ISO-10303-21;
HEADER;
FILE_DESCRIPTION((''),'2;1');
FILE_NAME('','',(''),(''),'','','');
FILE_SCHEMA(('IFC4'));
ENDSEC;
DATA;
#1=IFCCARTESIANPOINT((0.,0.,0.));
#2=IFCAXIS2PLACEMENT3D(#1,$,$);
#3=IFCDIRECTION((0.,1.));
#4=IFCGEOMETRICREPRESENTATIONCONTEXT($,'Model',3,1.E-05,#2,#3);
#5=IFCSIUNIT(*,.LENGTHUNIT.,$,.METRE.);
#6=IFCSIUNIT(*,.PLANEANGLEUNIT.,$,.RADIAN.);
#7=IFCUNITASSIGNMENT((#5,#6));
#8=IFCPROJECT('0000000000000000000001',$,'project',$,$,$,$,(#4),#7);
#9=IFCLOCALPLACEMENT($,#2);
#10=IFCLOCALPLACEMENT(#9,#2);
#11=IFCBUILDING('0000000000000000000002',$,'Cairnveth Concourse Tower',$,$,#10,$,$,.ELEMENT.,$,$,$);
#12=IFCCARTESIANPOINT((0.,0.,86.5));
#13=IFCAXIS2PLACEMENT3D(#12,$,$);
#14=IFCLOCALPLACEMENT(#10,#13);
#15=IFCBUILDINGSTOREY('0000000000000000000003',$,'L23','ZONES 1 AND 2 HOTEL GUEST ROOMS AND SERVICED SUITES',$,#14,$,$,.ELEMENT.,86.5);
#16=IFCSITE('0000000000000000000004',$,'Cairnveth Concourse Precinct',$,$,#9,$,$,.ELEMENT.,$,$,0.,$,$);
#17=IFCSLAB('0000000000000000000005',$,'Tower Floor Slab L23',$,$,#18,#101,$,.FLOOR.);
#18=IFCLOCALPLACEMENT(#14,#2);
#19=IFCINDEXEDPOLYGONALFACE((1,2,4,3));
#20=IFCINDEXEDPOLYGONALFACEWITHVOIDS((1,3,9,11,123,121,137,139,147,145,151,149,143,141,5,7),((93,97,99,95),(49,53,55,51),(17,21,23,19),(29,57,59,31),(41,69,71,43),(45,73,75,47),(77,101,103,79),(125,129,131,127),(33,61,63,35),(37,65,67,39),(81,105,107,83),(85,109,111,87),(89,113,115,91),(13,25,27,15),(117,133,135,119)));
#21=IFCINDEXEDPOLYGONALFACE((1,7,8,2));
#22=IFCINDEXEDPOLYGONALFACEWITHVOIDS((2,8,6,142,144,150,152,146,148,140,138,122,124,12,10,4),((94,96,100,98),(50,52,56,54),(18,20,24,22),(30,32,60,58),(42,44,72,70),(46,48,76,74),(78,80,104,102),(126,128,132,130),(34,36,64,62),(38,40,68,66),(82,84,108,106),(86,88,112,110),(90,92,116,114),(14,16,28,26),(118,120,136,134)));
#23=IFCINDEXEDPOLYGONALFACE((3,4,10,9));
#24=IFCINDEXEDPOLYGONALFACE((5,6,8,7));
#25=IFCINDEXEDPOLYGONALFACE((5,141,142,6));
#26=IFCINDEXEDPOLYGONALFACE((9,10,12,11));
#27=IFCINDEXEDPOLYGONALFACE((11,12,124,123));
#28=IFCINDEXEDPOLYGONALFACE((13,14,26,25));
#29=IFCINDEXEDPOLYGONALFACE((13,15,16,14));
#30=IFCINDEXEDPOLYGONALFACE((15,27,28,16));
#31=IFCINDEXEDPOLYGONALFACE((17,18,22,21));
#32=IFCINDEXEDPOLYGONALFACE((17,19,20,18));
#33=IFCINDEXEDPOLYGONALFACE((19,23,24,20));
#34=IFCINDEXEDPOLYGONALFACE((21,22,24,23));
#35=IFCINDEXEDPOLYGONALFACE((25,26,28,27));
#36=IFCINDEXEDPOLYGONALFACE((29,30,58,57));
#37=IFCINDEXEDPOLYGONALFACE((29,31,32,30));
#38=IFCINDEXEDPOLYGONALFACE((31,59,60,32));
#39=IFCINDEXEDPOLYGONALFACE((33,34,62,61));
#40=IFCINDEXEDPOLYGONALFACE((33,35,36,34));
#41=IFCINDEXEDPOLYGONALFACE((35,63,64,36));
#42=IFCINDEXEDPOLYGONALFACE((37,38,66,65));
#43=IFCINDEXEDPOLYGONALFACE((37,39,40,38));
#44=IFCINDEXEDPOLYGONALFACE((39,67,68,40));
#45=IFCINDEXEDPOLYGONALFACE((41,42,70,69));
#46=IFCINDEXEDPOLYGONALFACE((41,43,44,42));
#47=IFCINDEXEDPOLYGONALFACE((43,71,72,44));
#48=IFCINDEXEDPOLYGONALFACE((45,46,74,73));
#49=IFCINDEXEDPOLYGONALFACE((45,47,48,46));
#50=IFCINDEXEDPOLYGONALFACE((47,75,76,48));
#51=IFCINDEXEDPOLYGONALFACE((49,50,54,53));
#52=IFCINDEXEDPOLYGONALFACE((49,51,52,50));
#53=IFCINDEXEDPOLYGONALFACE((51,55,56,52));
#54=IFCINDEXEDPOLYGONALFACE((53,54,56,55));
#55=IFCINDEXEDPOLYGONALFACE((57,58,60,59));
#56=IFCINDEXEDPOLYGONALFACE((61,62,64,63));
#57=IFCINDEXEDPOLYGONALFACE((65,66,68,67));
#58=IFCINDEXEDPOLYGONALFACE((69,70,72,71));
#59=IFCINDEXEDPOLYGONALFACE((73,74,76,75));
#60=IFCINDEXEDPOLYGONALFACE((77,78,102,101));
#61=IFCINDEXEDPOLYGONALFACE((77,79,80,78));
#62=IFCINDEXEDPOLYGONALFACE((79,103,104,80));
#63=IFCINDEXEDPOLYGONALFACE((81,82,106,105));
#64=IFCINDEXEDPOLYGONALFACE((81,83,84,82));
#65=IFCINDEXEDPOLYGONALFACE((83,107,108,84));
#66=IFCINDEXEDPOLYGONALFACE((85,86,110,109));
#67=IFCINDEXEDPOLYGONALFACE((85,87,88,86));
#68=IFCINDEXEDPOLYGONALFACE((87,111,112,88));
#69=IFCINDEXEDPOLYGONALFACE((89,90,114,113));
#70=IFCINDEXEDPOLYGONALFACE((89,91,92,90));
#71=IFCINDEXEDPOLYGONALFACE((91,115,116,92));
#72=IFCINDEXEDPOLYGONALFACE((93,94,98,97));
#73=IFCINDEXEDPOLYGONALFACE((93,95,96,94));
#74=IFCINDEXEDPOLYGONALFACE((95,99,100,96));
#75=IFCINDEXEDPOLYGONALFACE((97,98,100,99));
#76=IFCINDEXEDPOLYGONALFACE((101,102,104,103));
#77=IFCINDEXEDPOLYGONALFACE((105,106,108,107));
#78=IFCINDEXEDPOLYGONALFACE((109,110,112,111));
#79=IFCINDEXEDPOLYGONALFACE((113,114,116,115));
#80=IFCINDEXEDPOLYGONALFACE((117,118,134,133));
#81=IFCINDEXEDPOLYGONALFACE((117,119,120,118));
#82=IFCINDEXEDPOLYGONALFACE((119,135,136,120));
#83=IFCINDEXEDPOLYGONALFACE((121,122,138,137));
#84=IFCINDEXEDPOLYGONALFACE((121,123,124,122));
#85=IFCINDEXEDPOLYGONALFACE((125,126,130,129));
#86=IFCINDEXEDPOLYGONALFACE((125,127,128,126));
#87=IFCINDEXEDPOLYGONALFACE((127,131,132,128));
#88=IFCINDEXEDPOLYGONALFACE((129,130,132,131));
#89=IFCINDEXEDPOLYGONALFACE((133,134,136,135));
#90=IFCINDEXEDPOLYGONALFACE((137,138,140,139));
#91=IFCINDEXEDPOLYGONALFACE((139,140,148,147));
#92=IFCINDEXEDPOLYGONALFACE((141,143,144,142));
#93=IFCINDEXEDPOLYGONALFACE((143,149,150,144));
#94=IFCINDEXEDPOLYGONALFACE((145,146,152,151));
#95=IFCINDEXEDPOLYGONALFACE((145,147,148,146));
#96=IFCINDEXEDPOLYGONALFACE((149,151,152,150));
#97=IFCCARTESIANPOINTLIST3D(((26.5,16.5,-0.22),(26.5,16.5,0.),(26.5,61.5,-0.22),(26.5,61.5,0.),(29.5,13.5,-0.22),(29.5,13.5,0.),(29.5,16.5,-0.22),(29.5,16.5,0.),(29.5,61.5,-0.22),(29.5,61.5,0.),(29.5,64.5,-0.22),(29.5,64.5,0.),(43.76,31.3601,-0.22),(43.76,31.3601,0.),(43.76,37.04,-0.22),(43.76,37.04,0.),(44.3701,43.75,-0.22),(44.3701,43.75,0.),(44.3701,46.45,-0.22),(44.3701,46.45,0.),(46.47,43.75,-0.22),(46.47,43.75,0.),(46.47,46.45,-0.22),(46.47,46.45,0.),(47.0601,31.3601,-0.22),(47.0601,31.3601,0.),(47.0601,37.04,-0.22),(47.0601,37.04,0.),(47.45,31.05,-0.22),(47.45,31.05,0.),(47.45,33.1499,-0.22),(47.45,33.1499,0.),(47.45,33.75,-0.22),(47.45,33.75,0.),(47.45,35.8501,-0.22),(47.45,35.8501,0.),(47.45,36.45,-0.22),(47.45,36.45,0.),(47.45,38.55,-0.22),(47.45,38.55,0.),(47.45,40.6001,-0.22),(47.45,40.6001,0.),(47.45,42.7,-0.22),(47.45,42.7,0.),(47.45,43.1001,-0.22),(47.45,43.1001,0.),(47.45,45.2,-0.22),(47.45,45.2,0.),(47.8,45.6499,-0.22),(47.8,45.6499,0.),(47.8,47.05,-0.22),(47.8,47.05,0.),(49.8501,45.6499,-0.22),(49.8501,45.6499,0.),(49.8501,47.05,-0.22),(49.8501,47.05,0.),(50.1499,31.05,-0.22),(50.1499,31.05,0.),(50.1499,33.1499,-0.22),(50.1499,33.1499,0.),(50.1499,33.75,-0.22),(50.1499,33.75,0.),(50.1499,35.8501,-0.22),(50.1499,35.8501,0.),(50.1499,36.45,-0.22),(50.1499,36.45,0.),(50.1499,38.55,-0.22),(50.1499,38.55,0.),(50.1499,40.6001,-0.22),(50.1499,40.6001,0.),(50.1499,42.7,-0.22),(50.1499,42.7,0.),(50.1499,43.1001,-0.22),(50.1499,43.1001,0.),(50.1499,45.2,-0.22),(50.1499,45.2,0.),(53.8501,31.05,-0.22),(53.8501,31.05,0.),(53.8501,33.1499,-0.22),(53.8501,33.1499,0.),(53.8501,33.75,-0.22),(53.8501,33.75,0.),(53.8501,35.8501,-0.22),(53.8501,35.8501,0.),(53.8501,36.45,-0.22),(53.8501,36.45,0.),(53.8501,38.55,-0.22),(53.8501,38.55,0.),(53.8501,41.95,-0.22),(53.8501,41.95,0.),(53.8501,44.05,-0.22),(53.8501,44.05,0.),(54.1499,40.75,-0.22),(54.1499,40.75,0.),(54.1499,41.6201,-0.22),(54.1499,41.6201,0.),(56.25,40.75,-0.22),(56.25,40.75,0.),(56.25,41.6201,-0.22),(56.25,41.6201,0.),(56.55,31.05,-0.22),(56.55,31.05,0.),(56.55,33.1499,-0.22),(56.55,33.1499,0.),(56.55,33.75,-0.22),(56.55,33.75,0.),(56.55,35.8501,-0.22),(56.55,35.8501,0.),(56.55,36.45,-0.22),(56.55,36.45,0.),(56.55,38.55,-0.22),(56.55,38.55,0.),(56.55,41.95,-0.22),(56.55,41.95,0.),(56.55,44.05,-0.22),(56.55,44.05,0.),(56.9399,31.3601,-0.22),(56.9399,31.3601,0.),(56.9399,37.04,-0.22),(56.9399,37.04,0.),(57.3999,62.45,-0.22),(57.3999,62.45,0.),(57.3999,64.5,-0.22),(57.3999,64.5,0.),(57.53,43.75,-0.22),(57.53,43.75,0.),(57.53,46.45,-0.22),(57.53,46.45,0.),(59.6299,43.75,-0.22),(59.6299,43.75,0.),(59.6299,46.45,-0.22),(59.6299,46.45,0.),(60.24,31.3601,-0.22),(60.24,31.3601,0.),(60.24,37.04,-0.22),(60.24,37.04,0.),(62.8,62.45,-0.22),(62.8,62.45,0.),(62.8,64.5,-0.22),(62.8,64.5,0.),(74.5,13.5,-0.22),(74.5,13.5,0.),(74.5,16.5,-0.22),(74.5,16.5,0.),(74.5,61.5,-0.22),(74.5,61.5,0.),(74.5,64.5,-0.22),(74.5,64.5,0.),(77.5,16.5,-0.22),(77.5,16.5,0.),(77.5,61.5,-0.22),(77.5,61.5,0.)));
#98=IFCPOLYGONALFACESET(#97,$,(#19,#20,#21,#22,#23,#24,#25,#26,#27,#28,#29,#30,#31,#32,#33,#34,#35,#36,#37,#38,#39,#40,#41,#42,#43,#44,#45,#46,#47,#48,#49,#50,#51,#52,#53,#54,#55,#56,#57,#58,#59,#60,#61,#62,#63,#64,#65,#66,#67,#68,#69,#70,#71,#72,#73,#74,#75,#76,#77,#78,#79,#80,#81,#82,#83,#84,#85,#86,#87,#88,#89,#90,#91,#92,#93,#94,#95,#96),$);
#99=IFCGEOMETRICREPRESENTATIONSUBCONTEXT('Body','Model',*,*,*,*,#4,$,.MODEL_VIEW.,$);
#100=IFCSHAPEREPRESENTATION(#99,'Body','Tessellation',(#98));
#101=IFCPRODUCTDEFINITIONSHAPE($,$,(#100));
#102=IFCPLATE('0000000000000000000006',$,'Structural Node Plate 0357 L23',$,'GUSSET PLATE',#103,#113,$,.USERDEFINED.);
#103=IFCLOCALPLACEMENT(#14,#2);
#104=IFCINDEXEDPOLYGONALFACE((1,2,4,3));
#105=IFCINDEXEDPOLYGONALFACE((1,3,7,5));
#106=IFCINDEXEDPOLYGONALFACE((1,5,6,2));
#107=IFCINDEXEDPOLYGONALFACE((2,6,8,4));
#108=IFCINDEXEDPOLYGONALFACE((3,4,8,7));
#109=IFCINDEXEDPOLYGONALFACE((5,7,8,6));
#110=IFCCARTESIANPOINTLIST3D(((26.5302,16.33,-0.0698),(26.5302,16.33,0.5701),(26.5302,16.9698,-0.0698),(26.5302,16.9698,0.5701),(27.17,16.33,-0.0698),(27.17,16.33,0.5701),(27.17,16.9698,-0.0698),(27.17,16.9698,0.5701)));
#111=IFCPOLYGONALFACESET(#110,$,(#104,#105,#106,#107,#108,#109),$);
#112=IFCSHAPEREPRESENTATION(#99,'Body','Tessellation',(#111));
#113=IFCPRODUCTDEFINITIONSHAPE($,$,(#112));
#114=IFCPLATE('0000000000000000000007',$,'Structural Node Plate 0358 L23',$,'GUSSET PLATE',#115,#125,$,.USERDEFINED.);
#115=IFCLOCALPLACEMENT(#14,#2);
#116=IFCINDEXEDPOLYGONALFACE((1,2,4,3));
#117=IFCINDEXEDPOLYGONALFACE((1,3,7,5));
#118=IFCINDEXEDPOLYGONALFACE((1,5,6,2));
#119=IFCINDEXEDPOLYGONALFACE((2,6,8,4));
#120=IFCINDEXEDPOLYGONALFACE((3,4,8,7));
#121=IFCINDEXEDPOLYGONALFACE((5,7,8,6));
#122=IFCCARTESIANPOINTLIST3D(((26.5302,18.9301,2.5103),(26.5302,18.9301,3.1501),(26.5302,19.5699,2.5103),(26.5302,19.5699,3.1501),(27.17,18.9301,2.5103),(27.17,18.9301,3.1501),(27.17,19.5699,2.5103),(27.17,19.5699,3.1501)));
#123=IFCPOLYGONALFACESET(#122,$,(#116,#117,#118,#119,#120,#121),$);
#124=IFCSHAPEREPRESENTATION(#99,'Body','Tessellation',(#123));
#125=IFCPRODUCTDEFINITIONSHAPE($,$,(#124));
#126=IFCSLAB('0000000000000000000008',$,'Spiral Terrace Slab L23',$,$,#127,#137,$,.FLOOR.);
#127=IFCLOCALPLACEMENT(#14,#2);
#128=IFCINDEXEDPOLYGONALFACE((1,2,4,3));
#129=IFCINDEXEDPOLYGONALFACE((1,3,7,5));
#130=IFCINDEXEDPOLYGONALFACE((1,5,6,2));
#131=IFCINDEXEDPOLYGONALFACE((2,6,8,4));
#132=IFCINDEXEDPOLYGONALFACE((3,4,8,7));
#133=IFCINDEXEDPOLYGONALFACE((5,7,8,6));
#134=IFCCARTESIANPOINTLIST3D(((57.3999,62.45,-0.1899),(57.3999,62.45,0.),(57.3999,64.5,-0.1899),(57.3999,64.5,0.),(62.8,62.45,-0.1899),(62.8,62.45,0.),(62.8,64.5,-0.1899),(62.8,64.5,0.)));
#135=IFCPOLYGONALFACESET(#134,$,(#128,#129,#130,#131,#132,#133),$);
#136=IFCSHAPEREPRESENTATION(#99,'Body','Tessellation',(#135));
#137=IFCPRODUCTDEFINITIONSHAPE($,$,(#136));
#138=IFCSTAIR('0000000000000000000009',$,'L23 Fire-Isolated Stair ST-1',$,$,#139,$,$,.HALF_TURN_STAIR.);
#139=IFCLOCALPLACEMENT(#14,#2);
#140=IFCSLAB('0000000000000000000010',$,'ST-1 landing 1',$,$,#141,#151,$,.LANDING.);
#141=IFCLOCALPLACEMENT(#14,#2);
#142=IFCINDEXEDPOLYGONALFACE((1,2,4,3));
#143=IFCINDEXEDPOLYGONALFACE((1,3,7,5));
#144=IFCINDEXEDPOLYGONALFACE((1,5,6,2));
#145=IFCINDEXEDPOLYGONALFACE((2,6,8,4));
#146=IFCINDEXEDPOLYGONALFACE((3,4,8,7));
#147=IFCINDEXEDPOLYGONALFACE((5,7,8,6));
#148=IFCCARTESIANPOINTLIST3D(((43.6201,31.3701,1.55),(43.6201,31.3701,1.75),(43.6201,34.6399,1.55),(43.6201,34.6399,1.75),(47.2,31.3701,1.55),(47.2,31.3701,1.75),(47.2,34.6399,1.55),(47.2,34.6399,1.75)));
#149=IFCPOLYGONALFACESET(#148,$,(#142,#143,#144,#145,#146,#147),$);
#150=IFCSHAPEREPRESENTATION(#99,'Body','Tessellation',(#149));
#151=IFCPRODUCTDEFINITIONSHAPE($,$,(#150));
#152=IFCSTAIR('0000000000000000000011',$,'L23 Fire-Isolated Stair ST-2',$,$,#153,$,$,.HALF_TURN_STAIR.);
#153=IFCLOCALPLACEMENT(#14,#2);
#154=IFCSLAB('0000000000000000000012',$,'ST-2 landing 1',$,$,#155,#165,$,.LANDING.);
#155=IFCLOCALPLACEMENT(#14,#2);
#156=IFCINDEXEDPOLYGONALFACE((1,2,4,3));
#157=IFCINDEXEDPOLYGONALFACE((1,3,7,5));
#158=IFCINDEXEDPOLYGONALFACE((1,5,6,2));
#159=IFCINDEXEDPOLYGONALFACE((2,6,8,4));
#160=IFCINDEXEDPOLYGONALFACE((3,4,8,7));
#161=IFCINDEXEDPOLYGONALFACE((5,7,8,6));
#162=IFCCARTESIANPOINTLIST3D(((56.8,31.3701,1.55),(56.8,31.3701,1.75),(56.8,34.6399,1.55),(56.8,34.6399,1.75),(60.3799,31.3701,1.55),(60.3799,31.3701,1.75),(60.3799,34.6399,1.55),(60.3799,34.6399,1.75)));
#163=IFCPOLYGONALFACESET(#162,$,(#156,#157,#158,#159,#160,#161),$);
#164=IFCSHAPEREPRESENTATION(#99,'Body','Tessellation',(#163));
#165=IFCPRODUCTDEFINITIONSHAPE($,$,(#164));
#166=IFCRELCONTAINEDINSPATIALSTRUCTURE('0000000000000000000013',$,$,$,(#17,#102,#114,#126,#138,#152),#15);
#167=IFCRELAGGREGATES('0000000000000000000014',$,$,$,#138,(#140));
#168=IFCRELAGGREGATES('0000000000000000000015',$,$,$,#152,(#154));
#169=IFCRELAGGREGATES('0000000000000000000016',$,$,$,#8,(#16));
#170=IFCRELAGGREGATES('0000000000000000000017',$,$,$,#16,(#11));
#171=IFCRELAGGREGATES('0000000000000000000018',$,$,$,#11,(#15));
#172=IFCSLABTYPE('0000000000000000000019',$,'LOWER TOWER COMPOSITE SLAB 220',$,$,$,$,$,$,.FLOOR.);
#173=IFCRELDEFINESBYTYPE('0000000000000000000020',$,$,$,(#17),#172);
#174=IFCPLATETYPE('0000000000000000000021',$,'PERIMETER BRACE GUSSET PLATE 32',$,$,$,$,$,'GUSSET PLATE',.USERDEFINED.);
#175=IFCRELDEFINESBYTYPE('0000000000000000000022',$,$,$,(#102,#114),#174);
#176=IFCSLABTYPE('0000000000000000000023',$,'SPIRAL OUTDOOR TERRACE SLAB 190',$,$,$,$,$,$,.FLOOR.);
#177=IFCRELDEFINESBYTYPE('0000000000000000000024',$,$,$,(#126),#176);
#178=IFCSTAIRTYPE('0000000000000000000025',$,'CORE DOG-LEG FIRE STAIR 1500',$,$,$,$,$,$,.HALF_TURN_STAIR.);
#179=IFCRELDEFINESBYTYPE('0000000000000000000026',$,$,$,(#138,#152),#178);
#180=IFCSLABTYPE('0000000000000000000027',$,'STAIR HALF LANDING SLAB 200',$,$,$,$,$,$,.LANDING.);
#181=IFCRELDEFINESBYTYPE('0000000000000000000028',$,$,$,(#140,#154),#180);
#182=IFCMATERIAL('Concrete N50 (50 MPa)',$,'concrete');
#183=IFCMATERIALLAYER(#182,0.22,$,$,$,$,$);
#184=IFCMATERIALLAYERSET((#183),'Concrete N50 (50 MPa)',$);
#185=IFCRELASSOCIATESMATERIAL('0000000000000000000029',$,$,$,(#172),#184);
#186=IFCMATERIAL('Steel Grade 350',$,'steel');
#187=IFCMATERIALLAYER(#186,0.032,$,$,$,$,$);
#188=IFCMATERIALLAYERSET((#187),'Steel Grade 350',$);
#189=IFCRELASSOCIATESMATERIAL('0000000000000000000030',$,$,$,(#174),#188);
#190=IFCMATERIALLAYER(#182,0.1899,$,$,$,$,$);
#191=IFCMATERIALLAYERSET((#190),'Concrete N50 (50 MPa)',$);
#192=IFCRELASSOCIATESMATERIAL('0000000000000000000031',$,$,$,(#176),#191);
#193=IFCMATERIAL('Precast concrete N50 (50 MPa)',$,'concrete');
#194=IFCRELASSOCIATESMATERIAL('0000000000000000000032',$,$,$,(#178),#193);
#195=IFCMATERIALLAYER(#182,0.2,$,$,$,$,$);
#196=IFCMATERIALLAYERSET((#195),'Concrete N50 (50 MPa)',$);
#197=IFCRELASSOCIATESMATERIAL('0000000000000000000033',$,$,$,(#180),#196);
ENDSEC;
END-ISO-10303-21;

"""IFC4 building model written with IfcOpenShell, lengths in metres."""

from ifc_helpers import new_model, si_unit, direction, frame, origin, origin_2d, place, context, subcontext, project, spatial, polyline, rectangle, outline, extrude, material, layer, layer_set, type_object, element, aggregate, save


model = new_model("IFC4")

# Units and contexts
model_context = context("Model", 3, precision=1e-05, world=origin(), true_north=direction((0.0, 1.0)))
body_context = subcontext(model_context, "Body", "Model", "MODEL_VIEW")
ifc_project = project(units=[si_unit("LENGTHUNIT", "METRE"), si_unit("PLANEANGLEUNIT", "RADIAN")], contexts=[model_context])

# Site, building, storey
site_placement = place(None, origin())
site = spatial("IfcSite", under=ifc_project, at=site_placement, Name="Cairnveth Concourse Precinct", CompositionType="ELEMENT", RefElevation=0.0)
building_placement = place(site_placement, origin())
building = spatial("IfcBuilding", under=site, at=building_placement, Name="Cairnveth Concourse Tower", CompositionType="ELEMENT")
storey_placement = place(building_placement, frame((0.0, 0.0, 86.5)))
storey = spatial("IfcBuildingStorey", under=building, at=storey_placement, Name="L23", Description="ZONES 1 AND 2 HOTEL GUEST ROOMS AND SERVICED SUITES", CompositionType="ELEMENT", Elevation=86.5)

# Shared definitions
ifc_material_1 = material(Name="Steel Grade 350", Category="steel")

# Slab
ifc_material_2 = material(Name="Concrete N50 (50 MPa)", Category="concrete")
ifc_layer_1 = layer(ifc_material_2, 0.22)
ifc_layer_set_1 = layer_set([ifc_layer_1], Name="Concrete N50 (50 MPa)")
slab_type_1 = type_object("IfcSlabType", Name="LOWER TOWER COMPOSITE SLAB 220", PredefinedType="FLOOR", material=ifc_layer_set_1)
slab_1_placement = place(storey_placement, frame((0.0, 0.0, -0.22)))
element("IfcSlab", 1, at=slab_1_placement, inside=storey, type_object=slab_type_1, Name="Tower Floor Slab L23", PredefinedType="FLOOR", context=body_context, shape_type="SweptSolid", body=[
    extrude(outline(polyline([(62.8, 64.5), (62.8, 62.45), (57.3999, 62.45), (57.3999, 64.5), (29.5, 64.5), (29.5, 61.5), (26.5, 61.5), (26.5, 16.5), (29.5, 16.5), (29.5, 13.5), (74.5, 13.5), (74.5, 16.5), (77.5, 16.5), (77.5, 61.5), (74.5, 61.5), (74.5, 64.5), (62.8, 64.5)]), holes=[polyline([(43.76, 31.3601), (47.0601, 31.3601), (47.0601, 37.04), (43.76, 37.04), (43.76, 31.3601)]), polyline([(56.9399, 31.3601), (60.24, 31.3601), (60.24, 37.04), (56.9399, 37.04), (56.9399, 31.3601)]), polyline([(44.3701, 43.75), (46.47, 43.75), (46.47, 46.45), (44.3701, 46.45), (44.3701, 43.75)]), polyline([(57.53, 43.75), (59.6299, 43.75), (59.6299, 46.45), (57.53, 46.45), (57.53, 43.75)]), polyline([(47.45, 31.05), (50.1499, 31.05), (50.1499, 33.1499), (47.45, 33.1499), (47.45, 31.05)]), polyline([(47.45, 33.75), (50.1499, 33.75), (50.1499, 35.8501), (47.45, 35.8501), (47.45, 33.75)]), polyline([(47.45, 36.45), (50.1499, 36.45), (50.1499, 38.55), (47.45, 38.55), (47.45, 36.45)]), polyline([(53.8501, 31.05), (56.55, 31.05), (56.55, 33.1499), (53.8501, 33.1499), (53.8501, 31.05)]), polyline([(53.8501, 33.75), (56.55, 33.75), (56.55, 35.8501), (53.8501, 35.8501), (53.8501, 33.75)]), polyline([(53.8501, 36.45), (56.55, 36.45), (56.55, 38.55), (53.8501, 38.55), (53.8501, 36.45)]), polyline([(47.45, 40.6001), (50.1499, 40.6001), (50.1499, 42.7), (47.45, 42.7), (47.45, 40.6001)]), polyline([(47.45, 43.1001), (50.1499, 43.1001), (50.1499, 45.2), (47.45, 45.2), (47.45, 43.1001)]), polyline([(53.8501, 41.95), (56.55, 41.95), (56.55, 44.05), (53.8501, 44.05), (53.8501, 41.95)]), polyline([(47.8, 45.6499), (49.8501, 45.6499), (49.8501, 47.05), (47.8, 47.05), (47.8, 45.6499)]), polyline([(54.1499, 40.75), (56.25, 40.75), (56.25, 41.6201), (54.1499, 41.6201), (54.1499, 40.75)])]), origin(), (0.0, 0.0, 1.0), 0.22),
])

# Plates
ifc_layer_2 = layer(ifc_material_1, 0.032)
ifc_layer_set_2 = layer_set([ifc_layer_2], Name="Steel Grade 350")
plate_type = type_object("IfcPlateType", Name="PERIMETER BRACE GUSSET PLATE 32", ElementType="GUSSET PLATE", PredefinedType="USERDEFINED", material=ifc_layer_set_2)
for number, where, z_axis, x_axis, name in (
    (2, (26.8501, 16.6499, -0.0698), (0.0, 0.0, 1.0), (1.0, 0.0, 0.0), "Structural Node Plate 0357 L23"),
    (3, (26.8501, 19.25, 2.5103), (0.0, 0.0, 1.0), (1.0, 0.0, 0.0), "Structural Node Plate 0358 L23"),
):
    element("IfcPlate", number, at=place(storey_placement, frame(where, z_axis=z_axis, x_axis=x_axis)), inside=storey, type_object=plate_type, Name=name, ObjectType="GUSSET PLATE", PredefinedType="USERDEFINED", context=body_context, shape_type="SweptSolid", body=[
        extrude(rectangle(XDim=0.6399, YDim=0.6399, at=origin_2d()), origin(), (0.0, 0.0, 1.0), 0.6399),
    ])

# Slab
ifc_layer_3 = layer(ifc_material_2, 0.1899)
ifc_layer_set_3 = layer_set([ifc_layer_3], Name="Concrete N50 (50 MPa)")
slab_type_2 = type_object("IfcSlabType", Name="SPIRAL OUTDOOR TERRACE SLAB 190", PredefinedType="FLOOR", material=ifc_layer_set_3)
slab_2_placement = place(storey_placement, frame((0.0, 0.0, -0.1899)))
element("IfcSlab", 4, at=slab_2_placement, inside=storey, type_object=slab_type_2, Name="Spiral Terrace Slab L23", PredefinedType="FLOOR", context=body_context, shape_type="SweptSolid", body=[
    extrude(outline(polyline([(57.3999, 62.45), (62.8, 62.45), (62.8, 64.5), (57.3999, 64.5), (57.3999, 62.45)])), origin(), (0.0, 0.0, 1.0), 0.1899),
])

# Stairs, slabs
ifc_material_3 = material(Name="Precast concrete N50 (50 MPa)", Category="concrete")
stair_type = type_object("IfcStairType", Name="CORE DOG-LEG FIRE STAIR 1500", PredefinedType="HALF_TURN_STAIR", material=ifc_material_3)
stair_1_placement = place(storey_placement, origin())
stair_1 = element("IfcStair", 5, at=stair_1_placement, inside=storey, type_object=stair_type, Name="L23 Fire-Isolated Stair ST-1", PredefinedType="HALF_TURN_STAIR")
ifc_layer_4 = layer(ifc_material_2, 0.2)
ifc_layer_set_4 = layer_set([ifc_layer_4], Name="Concrete N50 (50 MPa)")
slab_type_3 = type_object("IfcSlabType", Name="STAIR HALF LANDING SLAB 200", PredefinedType="LANDING", material=ifc_layer_set_4)
slab_3_placement = place(storey_placement, frame((0.0, 0.0, 1.55)))
slab_3 = element("IfcSlab", 6, at=slab_3_placement, type_object=slab_type_3, Name="ST-1 landing 1", PredefinedType="LANDING", context=body_context, shape_type="SweptSolid", body=[
    extrude(outline(polyline([(43.6201, 34.6399), (43.6201, 31.3701), (47.2, 31.3701), (47.2, 34.6399), (43.6201, 34.6399)])), origin(), (0.0, 0.0, 1.0), 0.2),
])
aggregate(stair_1, [slab_3])
stair_2_placement = place(storey_placement, origin())
stair_2 = element("IfcStair", 7, at=stair_2_placement, inside=storey, type_object=stair_type, Name="L23 Fire-Isolated Stair ST-2", PredefinedType="HALF_TURN_STAIR")
slab_4_placement = place(storey_placement, frame((0.0, 0.0, 1.55)))
slab_4 = element("IfcSlab", 8, at=slab_4_placement, type_object=slab_type_3, Name="ST-2 landing 1", PredefinedType="LANDING", context=body_context, shape_type="SweptSolid", body=[
    extrude(outline(polyline([(56.8, 34.6399), (56.8, 31.3701), (60.3799, 31.3701), (60.3799, 34.6399), (56.8, 34.6399)])), origin(), (0.0, 0.0, 1.0), 0.2),
])
aggregate(stair_2, [slab_4])

save(model, "model.ifc")
